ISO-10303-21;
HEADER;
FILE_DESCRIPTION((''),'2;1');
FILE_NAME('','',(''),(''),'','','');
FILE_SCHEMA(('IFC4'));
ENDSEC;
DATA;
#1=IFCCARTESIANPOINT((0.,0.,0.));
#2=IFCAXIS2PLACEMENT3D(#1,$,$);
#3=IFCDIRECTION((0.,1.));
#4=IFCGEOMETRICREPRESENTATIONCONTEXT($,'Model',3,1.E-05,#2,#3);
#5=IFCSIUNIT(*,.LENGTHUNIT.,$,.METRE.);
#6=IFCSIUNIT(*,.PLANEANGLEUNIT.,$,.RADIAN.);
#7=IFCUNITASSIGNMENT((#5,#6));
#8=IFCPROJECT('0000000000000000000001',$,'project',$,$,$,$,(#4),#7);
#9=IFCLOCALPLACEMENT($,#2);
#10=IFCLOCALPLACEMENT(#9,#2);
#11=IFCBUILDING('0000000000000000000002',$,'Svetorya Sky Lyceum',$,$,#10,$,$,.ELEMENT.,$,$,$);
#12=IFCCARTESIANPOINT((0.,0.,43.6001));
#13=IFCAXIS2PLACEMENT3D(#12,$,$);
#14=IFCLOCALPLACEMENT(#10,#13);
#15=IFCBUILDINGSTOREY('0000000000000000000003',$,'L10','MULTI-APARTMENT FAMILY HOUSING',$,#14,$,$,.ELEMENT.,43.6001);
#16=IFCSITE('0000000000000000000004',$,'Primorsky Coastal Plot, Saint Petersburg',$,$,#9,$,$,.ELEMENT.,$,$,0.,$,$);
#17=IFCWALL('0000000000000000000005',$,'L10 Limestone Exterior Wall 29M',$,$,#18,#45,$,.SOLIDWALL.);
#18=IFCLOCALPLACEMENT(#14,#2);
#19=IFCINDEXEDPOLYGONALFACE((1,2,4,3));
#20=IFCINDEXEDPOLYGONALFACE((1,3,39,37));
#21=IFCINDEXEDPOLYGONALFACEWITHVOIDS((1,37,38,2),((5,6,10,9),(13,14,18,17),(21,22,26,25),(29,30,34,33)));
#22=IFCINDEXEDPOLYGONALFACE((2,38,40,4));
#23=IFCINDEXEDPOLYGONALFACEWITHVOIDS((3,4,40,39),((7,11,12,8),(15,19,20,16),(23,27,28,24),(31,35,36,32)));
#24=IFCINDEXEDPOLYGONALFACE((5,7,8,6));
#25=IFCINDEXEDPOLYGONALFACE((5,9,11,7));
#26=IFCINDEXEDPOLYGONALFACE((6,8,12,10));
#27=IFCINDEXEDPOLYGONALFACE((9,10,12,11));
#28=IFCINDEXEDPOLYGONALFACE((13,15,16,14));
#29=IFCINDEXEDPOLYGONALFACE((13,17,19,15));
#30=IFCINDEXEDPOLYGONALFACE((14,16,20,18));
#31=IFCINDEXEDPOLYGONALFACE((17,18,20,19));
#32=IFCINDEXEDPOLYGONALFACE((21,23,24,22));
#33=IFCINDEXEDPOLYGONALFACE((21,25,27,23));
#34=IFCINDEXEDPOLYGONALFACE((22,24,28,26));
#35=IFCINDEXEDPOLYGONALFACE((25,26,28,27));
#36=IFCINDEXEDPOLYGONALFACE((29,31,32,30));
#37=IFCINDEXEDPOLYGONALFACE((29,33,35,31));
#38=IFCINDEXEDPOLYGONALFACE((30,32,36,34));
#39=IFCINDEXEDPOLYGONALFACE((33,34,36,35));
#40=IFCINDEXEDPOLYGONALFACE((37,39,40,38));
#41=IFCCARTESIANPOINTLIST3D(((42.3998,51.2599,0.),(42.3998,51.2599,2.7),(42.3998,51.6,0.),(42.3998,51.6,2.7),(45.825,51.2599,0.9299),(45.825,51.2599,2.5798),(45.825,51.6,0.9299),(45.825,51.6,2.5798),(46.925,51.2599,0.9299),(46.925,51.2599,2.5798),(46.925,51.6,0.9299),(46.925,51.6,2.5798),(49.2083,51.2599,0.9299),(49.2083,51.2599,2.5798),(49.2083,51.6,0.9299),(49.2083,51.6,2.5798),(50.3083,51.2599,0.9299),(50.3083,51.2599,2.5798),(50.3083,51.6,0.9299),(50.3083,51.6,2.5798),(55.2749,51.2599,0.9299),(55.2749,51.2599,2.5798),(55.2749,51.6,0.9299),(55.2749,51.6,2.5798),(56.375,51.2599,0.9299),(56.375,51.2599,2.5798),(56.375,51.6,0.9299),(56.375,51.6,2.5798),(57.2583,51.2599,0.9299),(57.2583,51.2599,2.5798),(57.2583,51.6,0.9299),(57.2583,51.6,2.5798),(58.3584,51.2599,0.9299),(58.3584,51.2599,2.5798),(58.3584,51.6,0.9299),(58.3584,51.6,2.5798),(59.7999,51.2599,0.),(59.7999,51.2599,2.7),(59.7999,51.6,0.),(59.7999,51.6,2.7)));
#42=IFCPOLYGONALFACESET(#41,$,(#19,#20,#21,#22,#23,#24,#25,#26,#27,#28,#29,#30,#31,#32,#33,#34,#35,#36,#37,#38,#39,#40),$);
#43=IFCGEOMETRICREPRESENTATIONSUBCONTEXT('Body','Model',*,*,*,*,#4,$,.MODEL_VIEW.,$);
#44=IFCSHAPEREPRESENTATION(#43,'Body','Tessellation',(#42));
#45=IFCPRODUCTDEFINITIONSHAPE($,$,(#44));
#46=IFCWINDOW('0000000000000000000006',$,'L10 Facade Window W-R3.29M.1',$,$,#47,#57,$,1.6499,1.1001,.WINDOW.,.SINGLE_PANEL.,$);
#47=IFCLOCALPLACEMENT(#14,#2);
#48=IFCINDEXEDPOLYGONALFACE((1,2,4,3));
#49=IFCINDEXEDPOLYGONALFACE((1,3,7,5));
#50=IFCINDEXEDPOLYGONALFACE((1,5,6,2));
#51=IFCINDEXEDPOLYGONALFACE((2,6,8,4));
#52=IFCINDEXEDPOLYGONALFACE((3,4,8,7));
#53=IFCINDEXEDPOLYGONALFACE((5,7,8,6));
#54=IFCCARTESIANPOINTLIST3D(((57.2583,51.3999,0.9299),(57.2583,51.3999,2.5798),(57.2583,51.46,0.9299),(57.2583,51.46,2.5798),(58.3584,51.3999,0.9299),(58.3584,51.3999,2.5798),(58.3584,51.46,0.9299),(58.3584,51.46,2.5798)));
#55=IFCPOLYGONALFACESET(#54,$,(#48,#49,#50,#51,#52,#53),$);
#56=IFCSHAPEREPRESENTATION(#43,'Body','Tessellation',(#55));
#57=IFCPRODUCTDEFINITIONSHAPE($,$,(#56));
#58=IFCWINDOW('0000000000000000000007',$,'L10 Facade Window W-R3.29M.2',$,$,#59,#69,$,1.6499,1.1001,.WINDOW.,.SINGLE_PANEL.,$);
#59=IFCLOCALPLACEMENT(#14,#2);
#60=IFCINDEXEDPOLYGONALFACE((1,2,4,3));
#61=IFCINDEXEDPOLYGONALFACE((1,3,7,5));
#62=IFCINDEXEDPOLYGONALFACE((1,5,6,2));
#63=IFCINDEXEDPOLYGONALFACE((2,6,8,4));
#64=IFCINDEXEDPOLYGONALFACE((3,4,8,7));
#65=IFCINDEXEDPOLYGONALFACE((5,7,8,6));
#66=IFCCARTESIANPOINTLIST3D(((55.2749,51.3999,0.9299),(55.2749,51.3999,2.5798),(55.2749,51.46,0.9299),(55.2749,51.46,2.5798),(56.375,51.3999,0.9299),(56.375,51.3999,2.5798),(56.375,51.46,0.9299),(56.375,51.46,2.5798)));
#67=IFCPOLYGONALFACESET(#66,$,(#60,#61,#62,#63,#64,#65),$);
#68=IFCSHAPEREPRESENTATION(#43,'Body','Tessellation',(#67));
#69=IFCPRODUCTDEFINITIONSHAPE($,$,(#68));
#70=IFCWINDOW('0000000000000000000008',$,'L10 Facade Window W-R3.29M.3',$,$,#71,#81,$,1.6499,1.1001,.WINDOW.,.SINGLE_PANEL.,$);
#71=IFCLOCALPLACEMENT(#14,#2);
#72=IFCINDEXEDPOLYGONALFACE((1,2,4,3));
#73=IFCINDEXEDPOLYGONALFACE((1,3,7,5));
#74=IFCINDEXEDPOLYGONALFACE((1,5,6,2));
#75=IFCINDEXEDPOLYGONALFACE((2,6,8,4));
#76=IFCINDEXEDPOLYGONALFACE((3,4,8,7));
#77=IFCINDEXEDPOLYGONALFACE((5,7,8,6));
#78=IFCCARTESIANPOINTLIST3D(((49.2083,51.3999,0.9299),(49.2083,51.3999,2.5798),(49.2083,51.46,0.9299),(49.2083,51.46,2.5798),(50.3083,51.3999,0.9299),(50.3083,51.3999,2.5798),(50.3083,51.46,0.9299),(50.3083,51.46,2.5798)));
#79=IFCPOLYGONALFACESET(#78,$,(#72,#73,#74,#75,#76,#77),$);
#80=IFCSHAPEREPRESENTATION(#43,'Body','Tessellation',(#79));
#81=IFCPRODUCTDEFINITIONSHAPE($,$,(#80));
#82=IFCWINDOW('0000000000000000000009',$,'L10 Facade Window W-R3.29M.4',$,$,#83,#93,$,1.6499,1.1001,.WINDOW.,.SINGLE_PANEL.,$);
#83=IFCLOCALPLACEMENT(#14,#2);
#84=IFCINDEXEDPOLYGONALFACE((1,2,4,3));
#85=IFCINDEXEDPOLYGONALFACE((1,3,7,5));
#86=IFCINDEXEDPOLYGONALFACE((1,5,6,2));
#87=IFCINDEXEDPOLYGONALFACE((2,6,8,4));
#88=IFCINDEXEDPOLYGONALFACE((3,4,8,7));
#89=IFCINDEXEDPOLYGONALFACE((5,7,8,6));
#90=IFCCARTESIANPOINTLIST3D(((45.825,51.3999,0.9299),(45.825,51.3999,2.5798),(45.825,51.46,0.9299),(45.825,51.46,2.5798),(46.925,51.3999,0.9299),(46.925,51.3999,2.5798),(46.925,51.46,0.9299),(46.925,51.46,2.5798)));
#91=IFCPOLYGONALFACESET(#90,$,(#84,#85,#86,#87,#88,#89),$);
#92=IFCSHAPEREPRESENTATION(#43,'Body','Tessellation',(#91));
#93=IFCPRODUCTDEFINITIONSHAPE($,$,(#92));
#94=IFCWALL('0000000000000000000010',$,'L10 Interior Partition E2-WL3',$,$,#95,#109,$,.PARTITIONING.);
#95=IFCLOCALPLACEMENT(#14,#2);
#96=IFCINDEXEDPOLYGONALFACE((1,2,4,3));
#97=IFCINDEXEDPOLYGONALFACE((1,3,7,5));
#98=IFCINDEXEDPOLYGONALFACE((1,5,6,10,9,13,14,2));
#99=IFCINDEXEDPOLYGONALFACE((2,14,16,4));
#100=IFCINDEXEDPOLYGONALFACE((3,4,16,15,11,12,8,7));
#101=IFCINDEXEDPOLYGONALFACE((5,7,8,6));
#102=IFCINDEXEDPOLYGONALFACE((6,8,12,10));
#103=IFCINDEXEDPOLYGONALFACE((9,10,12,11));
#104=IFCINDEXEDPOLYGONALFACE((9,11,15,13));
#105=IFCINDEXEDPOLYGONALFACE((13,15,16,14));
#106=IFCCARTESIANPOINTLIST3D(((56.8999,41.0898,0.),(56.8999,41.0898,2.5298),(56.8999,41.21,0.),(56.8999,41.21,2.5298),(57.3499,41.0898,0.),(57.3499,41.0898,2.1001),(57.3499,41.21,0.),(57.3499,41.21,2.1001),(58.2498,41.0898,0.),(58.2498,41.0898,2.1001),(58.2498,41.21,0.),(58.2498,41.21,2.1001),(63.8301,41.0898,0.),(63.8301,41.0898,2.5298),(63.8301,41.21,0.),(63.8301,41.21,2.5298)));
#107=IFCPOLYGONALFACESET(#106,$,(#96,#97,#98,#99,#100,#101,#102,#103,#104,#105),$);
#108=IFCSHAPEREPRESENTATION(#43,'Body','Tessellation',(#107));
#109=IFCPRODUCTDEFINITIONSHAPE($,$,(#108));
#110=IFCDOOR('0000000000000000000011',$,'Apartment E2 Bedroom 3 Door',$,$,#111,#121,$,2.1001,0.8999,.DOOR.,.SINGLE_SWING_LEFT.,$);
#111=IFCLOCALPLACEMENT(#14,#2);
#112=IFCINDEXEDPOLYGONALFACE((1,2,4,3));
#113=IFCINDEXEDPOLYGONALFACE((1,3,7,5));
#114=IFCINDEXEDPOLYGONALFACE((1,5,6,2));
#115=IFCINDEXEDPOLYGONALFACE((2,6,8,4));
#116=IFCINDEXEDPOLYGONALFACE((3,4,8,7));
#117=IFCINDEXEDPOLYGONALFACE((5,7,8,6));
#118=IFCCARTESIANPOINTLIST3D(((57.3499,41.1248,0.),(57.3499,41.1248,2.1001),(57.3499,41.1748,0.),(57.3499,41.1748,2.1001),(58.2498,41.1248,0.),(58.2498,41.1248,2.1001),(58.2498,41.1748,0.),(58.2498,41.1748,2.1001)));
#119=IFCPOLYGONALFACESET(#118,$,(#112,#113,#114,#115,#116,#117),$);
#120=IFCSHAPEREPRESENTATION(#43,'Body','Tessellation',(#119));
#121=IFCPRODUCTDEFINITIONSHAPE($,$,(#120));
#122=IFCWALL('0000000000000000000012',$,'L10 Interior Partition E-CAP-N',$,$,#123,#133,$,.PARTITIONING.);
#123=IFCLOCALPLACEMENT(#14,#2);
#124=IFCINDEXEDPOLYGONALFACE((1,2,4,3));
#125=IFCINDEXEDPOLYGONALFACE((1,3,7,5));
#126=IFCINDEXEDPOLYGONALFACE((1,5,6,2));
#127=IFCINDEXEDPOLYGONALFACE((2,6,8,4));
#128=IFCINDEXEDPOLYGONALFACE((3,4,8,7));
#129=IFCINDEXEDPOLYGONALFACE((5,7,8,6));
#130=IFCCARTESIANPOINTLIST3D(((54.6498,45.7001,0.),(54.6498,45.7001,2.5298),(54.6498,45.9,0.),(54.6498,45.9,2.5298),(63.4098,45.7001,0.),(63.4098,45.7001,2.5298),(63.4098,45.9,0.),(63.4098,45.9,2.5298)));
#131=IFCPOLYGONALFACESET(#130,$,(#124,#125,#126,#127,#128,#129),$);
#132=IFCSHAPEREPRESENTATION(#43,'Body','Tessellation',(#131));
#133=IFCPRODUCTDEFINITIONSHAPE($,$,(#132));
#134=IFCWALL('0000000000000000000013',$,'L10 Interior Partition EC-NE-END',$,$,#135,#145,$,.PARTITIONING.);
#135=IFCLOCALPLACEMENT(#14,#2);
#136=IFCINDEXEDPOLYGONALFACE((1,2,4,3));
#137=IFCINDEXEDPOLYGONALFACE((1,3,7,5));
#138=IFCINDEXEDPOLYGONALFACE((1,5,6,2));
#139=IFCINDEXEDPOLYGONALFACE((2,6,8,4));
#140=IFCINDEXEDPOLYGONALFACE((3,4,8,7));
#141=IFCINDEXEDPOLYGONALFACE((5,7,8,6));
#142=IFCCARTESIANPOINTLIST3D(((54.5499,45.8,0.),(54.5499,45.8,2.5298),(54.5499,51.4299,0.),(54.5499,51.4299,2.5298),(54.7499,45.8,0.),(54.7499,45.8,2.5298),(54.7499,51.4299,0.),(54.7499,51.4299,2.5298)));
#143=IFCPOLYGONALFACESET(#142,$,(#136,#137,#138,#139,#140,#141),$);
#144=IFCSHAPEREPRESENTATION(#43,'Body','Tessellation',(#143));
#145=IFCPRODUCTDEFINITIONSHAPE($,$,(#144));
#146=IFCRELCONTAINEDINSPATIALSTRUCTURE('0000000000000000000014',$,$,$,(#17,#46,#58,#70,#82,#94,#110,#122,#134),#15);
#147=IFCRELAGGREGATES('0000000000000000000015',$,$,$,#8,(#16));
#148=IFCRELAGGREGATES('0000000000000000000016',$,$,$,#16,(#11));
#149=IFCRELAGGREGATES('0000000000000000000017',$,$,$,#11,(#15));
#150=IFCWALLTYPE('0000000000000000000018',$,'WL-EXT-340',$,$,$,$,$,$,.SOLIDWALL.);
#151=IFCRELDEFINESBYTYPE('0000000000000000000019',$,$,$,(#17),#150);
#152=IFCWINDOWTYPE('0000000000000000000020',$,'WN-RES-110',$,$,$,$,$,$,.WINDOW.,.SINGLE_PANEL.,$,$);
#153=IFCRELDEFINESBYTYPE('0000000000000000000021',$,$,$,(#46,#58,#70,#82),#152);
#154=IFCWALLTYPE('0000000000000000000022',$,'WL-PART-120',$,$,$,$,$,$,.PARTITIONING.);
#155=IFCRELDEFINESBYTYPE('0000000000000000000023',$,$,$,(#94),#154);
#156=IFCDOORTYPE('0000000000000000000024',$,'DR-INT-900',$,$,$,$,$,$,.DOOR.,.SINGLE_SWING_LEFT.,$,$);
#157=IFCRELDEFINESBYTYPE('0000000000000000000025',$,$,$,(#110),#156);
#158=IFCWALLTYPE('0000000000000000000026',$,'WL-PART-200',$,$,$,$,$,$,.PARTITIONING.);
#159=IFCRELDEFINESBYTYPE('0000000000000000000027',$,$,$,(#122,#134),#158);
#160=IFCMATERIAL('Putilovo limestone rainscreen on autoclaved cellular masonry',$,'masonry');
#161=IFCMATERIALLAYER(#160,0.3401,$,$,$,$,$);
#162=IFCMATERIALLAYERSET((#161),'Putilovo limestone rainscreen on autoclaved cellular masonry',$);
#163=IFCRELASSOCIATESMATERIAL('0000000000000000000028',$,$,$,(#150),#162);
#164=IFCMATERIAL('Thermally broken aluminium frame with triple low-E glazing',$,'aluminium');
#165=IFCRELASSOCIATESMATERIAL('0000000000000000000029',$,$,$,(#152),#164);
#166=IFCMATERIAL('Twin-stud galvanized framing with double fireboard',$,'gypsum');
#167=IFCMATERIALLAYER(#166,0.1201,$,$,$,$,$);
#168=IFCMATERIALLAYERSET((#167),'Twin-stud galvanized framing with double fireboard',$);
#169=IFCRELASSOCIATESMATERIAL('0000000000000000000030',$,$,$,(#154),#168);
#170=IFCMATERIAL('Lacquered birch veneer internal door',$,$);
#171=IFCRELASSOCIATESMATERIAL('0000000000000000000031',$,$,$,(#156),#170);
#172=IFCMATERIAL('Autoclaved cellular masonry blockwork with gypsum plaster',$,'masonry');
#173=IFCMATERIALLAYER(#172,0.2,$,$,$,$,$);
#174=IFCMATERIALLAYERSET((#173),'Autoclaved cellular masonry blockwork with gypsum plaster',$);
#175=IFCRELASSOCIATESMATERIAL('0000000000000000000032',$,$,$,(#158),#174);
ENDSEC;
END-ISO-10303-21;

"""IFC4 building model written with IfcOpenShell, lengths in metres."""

from ifc_helpers import new_model, si_unit, direction, frame, frame_2d, origin, place, context, subcontext, project, spatial, rectangle, extrude, material, layer, layer_set, type_object, element, fill, save


model = new_model("IFC4")

# Units and contexts
model_context = context("Model", 3, precision=1e-05, world=origin(), true_north=direction((0.0, 1.0)))
body_context = subcontext(model_context, "Body", "Model", "MODEL_VIEW")
ifc_project = project(units=[si_unit("LENGTHUNIT", "METRE"), si_unit("PLANEANGLEUNIT", "RADIAN")], contexts=[model_context])

# Site, building, storey
site_placement = place(None, origin())
site = spatial("IfcSite", under=ifc_project, at=site_placement, Name="Primorsky Coastal Plot, Saint Petersburg", CompositionType="ELEMENT", RefElevation=0.0)
building_placement = place(site_placement, origin())
building = spatial("IfcBuilding", under=site, at=building_placement, Name="Svetorya Sky Lyceum", CompositionType="ELEMENT")
storey_placement = place(building_placement, frame((0.0, 0.0, 43.6001)))
storey = spatial("IfcBuildingStorey", under=building, at=storey_placement, Name="L10", Description="MULTI-APARTMENT FAMILY HOUSING", CompositionType="ELEMENT", Elevation=43.6001)

# Shared definitions
ifc_material_1 = material(Name="Putilovo limestone rainscreen on autoclaved cellular masonry", Category="masonry")
ifc_layer_1 = layer(ifc_material_1, 0.3401)
ifc_layer_set_1 = layer_set([ifc_layer_1], Name="Putilovo limestone rainscreen on autoclaved cellular masonry")
wall_type_1 = type_object("IfcWallType", Name="WL-EXT-340", PredefinedType="SOLIDWALL", material=ifc_layer_set_1)

# Wall, openings, windows
wall_1_placement = place(storey_placement, frame((59.8, 51.4299, 0.0), z_axis=(0.0, 0.0, 1.0), x_axis=(-1.0, 0.0, 0.0)))
wall_1 = element("IfcWall", 1, at=wall_1_placement, inside=storey, type_object=wall_type_1, Name="L10 Limestone Exterior Wall 29M", PredefinedType="SOLIDWALL", context=body_context, shape_type="SweptSolid", body=[
    extrude(rectangle(XDim=17.4001, YDim=0.3401, at=frame_2d((8.7002, 0.0))), origin(), (0.0, 0.0, 1.0), 2.7),
])
opening_1_placement = place(wall_1_placement, frame((1.4417, 0.0, 0.9299)))
opening_1 = element("IfcOpeningElement", 2, at=opening_1_placement, cuts=wall_1, PredefinedType="OPENING", context=body_context, shape_type="SweptSolid", body=[
    extrude(rectangle(XDim=1.1001, YDim=1.6499, at=frame_2d((0.55, 0.825))), frame((0.0, 0.1799, 0.0), z_axis=(0.0, -1.0, 0.0), x_axis=(1.0, 0.0, 0.0)), (0.0, 0.0, 1.0), 0.3601),
])
opening_2_placement = place(wall_1_placement, frame((3.425, 0.0, 0.9299)))
opening_2 = element("IfcOpeningElement", 3, at=opening_2_placement, cuts=wall_1, PredefinedType="OPENING", context=body_context, shape_type="SweptSolid", body=[
    extrude(rectangle(XDim=1.1001, YDim=1.6499, at=frame_2d((0.55, 0.825))), frame((0.0, 0.1799, 0.0), z_axis=(0.0, -1.0, 0.0), x_axis=(1.0, 0.0, 0.0)), (0.0, 0.0, 1.0), 0.3601),
])
opening_3_placement = place(wall_1_placement, frame((9.4917, 0.0, 0.9299)))
opening_3 = element("IfcOpeningElement", 4, at=opening_3_placement, cuts=wall_1, PredefinedType="OPENING", context=body_context, shape_type="SweptSolid", body=[
    extrude(rectangle(XDim=1.1001, YDim=1.6499, at=frame_2d((0.55, 0.825))), frame((0.0, 0.1799, 0.0), z_axis=(0.0, -1.0, 0.0), x_axis=(1.0, 0.0, 0.0)), (0.0, 0.0, 1.0), 0.3601),
])
opening_4_placement = place(wall_1_placement, frame((12.875, 0.0, 0.9299)))
opening_4 = element("IfcOpeningElement", 5, at=opening_4_placement, cuts=wall_1, PredefinedType="OPENING", context=body_context, shape_type="SweptSolid", body=[
    extrude(rectangle(XDim=1.1001, YDim=1.6499, at=frame_2d((0.55, 0.825))), frame((0.0, 0.1799, 0.0), z_axis=(0.0, -1.0, 0.0), x_axis=(1.0, 0.0, 0.0)), (0.0, 0.0, 1.0), 0.3601),
])
ifc_material_2 = material(Name="Thermally broken aluminium frame with triple low-E glazing", Category="aluminium")
window_type = type_object("IfcWindowType", Name="WN-RES-110", PartitioningType="SINGLE_PANEL", PredefinedType="WINDOW", material=ifc_material_2)
window_1_placement = place(opening_1_placement, origin())
window_1 = element("IfcWindow", 6, at=window_1_placement, inside=storey, type_object=window_type, Name="L10 Facade Window W-R3.29M.1", OverallHeight=1.6499, OverallWidth=1.1001, PartitioningType="SINGLE_PANEL", PredefinedType="WINDOW", context=body_context, shape_type="SweptSolid", body=[
    extrude(rectangle(XDim=1.1001, YDim=1.6499, at=frame_2d((0.55, 0.825))), frame((0.0, 0.03, 0.0), z_axis=(0.0, -1.0, 0.0), x_axis=(1.0, 0.0, 0.0)), (0.0, 0.0, 1.0), 0.0601),
])
fill(opening_1, window_1)
window_2_placement = place(opening_2_placement, origin())
window_2 = element("IfcWindow", 7, at=window_2_placement, inside=storey, type_object=window_type, Name="L10 Facade Window W-R3.29M.2", OverallHeight=1.6499, OverallWidth=1.1001, PartitioningType="SINGLE_PANEL", PredefinedType="WINDOW", context=body_context, shape_type="SweptSolid", body=[
    extrude(rectangle(XDim=1.1001, YDim=1.6499, at=frame_2d((0.55, 0.825))), frame((0.0, 0.03, 0.0), z_axis=(0.0, -1.0, 0.0), x_axis=(1.0, 0.0, 0.0)), (0.0, 0.0, 1.0), 0.0601),
])
fill(opening_2, window_2)
window_3_placement = place(opening_3_placement, origin())
window_3 = element("IfcWindow", 8, at=window_3_placement, inside=storey, type_object=window_type, Name="L10 Facade Window W-R3.29M.3", OverallHeight=1.6499, OverallWidth=1.1001, PartitioningType="SINGLE_PANEL", PredefinedType="WINDOW", context=body_context, shape_type="SweptSolid", body=[
    extrude(rectangle(XDim=1.1001, YDim=1.6499, at=frame_2d((0.55, 0.825))), frame((0.0, 0.03, 0.0), z_axis=(0.0, -1.0, 0.0), x_axis=(1.0, 0.0, 0.0)), (0.0, 0.0, 1.0), 0.0601),
])
fill(opening_3, window_3)
window_4_placement = place(opening_4_placement, origin())
window_4 = element("IfcWindow", 9, at=window_4_placement, inside=storey, type_object=window_type, Name="L10 Facade Window W-R3.29M.4", OverallHeight=1.6499, OverallWidth=1.1001, PartitioningType="SINGLE_PANEL", PredefinedType="WINDOW", context=body_context, shape_type="SweptSolid", body=[
    extrude(rectangle(XDim=1.1001, YDim=1.6499, at=frame_2d((0.55, 0.825))), frame((0.0, 0.03, 0.0), z_axis=(0.0, -1.0, 0.0), x_axis=(1.0, 0.0, 0.0)), (0.0, 0.0, 1.0), 0.0601),
])
fill(opening_4, window_4)

# Wall, opening, door
ifc_material_3 = material(Name="Twin-stud galvanized framing with double fireboard", Category="gypsum")
ifc_layer_2 = layer(ifc_material_3, 0.1201)
ifc_layer_set_2 = layer_set([ifc_layer_2], Name="Twin-stud galvanized framing with double fireboard")
wall_type_2 = type_object("IfcWallType", Name="WL-PART-120", PredefinedType="PARTITIONING", material=ifc_layer_set_2)
wall_2_placement = place(storey_placement, frame((56.8999, 41.1499, 0.0), z_axis=(0.0, 0.0, 1.0), x_axis=(1.0, 0.0, 0.0)))
wall_2 = element("IfcWall", 10, at=wall_2_placement, inside=storey, type_object=wall_type_2, Name="L10 Interior Partition E2-WL3", PredefinedType="PARTITIONING", context=body_context, shape_type="SweptSolid", body=[
    extrude(rectangle(XDim=6.9302, YDim=0.1201, at=frame_2d((3.4651, 0.0))), origin(), (0.0, 0.0, 1.0), 2.5298),
])
opening_5_placement = place(wall_2_placement, frame((0.45, 0.0, 0.0)))
opening_5 = element("IfcOpeningElement", 11, at=opening_5_placement, cuts=wall_2, PredefinedType="OPENING", context=body_context, shape_type="SweptSolid", body=[
    extrude(rectangle(XDim=0.8999, YDim=2.1001, at=frame_2d((0.45, 1.05))), frame((0.0, 0.0701, 0.0), z_axis=(0.0, -1.0, 0.0), x_axis=(1.0, 0.0, 0.0)), (0.0, 0.0, 1.0), 0.1401),
])
ifc_material_4 = material(Name="Lacquered birch veneer internal door")
door_type = type_object("IfcDoorType", Name="DR-INT-900", OperationType="SINGLE_SWING_LEFT", PredefinedType="DOOR", material=ifc_material_4)
door_1_placement = place(opening_5_placement, origin())
door_1 = element("IfcDoor", 12, at=door_1_placement, inside=storey, type_object=door_type, Name="Apartment E2 Bedroom 3 Door", OperationType="SINGLE_SWING_LEFT", OverallHeight=2.1001, OverallWidth=0.8999, PredefinedType="DOOR", context=body_context, shape_type="SweptSolid", body=[
    extrude(rectangle(XDim=0.8999, YDim=2.1001, at=frame_2d((0.45, 1.05))), frame((0.0, 0.0249, 0.0), z_axis=(0.0, -1.0, 0.0), x_axis=(1.0, 0.0, 0.0)), (0.0, 0.0, 1.0), 0.05),
])
fill(opening_5, door_1)

# Walls
ifc_material_5 = material(Name="Autoclaved cellular masonry blockwork with gypsum plaster", Category="masonry")
ifc_layer_3 = layer(ifc_material_5, 0.2)
ifc_layer_set_3 = layer_set([ifc_layer_3], Name="Autoclaved cellular masonry blockwork with gypsum plaster")
wall_type_3 = type_object("IfcWallType", Name="WL-PART-200", PredefinedType="PARTITIONING", material=ifc_layer_set_3)
wall_3_placement = place(storey_placement, frame((54.6499, 45.8, 0.0), z_axis=(0.0, 0.0, 1.0), x_axis=(1.0, 0.0, 0.0)))
element("IfcWall", 13, at=wall_3_placement, inside=storey, type_object=wall_type_3, Name="L10 Interior Partition E-CAP-N", PredefinedType="PARTITIONING", context=body_context, shape_type="SweptSolid", body=[
    extrude(rectangle(XDim=8.76, YDim=0.2, at=frame_2d((4.3799, 0.0))), origin(), (0.0, 0.0, 1.0), 2.5298),
])
wall_4_placement = place(storey_placement, frame((54.6499, 45.8, 0.0), z_axis=(0.0, 0.0, 1.0), x_axis=(0.0, 1.0, 0.0)))
element("IfcWall", 14, at=wall_4_placement, inside=storey, type_object=wall_type_3, Name="L10 Interior Partition EC-NE-END", PredefinedType="PARTITIONING", context=body_context, shape_type="SweptSolid", body=[
    extrude(rectangle(XDim=5.6299, YDim=0.2, at=frame_2d((2.8149, 0.0))), origin(), (0.0, 0.0, 1.0), 2.5298),
])

save(model, "model.ifc")
